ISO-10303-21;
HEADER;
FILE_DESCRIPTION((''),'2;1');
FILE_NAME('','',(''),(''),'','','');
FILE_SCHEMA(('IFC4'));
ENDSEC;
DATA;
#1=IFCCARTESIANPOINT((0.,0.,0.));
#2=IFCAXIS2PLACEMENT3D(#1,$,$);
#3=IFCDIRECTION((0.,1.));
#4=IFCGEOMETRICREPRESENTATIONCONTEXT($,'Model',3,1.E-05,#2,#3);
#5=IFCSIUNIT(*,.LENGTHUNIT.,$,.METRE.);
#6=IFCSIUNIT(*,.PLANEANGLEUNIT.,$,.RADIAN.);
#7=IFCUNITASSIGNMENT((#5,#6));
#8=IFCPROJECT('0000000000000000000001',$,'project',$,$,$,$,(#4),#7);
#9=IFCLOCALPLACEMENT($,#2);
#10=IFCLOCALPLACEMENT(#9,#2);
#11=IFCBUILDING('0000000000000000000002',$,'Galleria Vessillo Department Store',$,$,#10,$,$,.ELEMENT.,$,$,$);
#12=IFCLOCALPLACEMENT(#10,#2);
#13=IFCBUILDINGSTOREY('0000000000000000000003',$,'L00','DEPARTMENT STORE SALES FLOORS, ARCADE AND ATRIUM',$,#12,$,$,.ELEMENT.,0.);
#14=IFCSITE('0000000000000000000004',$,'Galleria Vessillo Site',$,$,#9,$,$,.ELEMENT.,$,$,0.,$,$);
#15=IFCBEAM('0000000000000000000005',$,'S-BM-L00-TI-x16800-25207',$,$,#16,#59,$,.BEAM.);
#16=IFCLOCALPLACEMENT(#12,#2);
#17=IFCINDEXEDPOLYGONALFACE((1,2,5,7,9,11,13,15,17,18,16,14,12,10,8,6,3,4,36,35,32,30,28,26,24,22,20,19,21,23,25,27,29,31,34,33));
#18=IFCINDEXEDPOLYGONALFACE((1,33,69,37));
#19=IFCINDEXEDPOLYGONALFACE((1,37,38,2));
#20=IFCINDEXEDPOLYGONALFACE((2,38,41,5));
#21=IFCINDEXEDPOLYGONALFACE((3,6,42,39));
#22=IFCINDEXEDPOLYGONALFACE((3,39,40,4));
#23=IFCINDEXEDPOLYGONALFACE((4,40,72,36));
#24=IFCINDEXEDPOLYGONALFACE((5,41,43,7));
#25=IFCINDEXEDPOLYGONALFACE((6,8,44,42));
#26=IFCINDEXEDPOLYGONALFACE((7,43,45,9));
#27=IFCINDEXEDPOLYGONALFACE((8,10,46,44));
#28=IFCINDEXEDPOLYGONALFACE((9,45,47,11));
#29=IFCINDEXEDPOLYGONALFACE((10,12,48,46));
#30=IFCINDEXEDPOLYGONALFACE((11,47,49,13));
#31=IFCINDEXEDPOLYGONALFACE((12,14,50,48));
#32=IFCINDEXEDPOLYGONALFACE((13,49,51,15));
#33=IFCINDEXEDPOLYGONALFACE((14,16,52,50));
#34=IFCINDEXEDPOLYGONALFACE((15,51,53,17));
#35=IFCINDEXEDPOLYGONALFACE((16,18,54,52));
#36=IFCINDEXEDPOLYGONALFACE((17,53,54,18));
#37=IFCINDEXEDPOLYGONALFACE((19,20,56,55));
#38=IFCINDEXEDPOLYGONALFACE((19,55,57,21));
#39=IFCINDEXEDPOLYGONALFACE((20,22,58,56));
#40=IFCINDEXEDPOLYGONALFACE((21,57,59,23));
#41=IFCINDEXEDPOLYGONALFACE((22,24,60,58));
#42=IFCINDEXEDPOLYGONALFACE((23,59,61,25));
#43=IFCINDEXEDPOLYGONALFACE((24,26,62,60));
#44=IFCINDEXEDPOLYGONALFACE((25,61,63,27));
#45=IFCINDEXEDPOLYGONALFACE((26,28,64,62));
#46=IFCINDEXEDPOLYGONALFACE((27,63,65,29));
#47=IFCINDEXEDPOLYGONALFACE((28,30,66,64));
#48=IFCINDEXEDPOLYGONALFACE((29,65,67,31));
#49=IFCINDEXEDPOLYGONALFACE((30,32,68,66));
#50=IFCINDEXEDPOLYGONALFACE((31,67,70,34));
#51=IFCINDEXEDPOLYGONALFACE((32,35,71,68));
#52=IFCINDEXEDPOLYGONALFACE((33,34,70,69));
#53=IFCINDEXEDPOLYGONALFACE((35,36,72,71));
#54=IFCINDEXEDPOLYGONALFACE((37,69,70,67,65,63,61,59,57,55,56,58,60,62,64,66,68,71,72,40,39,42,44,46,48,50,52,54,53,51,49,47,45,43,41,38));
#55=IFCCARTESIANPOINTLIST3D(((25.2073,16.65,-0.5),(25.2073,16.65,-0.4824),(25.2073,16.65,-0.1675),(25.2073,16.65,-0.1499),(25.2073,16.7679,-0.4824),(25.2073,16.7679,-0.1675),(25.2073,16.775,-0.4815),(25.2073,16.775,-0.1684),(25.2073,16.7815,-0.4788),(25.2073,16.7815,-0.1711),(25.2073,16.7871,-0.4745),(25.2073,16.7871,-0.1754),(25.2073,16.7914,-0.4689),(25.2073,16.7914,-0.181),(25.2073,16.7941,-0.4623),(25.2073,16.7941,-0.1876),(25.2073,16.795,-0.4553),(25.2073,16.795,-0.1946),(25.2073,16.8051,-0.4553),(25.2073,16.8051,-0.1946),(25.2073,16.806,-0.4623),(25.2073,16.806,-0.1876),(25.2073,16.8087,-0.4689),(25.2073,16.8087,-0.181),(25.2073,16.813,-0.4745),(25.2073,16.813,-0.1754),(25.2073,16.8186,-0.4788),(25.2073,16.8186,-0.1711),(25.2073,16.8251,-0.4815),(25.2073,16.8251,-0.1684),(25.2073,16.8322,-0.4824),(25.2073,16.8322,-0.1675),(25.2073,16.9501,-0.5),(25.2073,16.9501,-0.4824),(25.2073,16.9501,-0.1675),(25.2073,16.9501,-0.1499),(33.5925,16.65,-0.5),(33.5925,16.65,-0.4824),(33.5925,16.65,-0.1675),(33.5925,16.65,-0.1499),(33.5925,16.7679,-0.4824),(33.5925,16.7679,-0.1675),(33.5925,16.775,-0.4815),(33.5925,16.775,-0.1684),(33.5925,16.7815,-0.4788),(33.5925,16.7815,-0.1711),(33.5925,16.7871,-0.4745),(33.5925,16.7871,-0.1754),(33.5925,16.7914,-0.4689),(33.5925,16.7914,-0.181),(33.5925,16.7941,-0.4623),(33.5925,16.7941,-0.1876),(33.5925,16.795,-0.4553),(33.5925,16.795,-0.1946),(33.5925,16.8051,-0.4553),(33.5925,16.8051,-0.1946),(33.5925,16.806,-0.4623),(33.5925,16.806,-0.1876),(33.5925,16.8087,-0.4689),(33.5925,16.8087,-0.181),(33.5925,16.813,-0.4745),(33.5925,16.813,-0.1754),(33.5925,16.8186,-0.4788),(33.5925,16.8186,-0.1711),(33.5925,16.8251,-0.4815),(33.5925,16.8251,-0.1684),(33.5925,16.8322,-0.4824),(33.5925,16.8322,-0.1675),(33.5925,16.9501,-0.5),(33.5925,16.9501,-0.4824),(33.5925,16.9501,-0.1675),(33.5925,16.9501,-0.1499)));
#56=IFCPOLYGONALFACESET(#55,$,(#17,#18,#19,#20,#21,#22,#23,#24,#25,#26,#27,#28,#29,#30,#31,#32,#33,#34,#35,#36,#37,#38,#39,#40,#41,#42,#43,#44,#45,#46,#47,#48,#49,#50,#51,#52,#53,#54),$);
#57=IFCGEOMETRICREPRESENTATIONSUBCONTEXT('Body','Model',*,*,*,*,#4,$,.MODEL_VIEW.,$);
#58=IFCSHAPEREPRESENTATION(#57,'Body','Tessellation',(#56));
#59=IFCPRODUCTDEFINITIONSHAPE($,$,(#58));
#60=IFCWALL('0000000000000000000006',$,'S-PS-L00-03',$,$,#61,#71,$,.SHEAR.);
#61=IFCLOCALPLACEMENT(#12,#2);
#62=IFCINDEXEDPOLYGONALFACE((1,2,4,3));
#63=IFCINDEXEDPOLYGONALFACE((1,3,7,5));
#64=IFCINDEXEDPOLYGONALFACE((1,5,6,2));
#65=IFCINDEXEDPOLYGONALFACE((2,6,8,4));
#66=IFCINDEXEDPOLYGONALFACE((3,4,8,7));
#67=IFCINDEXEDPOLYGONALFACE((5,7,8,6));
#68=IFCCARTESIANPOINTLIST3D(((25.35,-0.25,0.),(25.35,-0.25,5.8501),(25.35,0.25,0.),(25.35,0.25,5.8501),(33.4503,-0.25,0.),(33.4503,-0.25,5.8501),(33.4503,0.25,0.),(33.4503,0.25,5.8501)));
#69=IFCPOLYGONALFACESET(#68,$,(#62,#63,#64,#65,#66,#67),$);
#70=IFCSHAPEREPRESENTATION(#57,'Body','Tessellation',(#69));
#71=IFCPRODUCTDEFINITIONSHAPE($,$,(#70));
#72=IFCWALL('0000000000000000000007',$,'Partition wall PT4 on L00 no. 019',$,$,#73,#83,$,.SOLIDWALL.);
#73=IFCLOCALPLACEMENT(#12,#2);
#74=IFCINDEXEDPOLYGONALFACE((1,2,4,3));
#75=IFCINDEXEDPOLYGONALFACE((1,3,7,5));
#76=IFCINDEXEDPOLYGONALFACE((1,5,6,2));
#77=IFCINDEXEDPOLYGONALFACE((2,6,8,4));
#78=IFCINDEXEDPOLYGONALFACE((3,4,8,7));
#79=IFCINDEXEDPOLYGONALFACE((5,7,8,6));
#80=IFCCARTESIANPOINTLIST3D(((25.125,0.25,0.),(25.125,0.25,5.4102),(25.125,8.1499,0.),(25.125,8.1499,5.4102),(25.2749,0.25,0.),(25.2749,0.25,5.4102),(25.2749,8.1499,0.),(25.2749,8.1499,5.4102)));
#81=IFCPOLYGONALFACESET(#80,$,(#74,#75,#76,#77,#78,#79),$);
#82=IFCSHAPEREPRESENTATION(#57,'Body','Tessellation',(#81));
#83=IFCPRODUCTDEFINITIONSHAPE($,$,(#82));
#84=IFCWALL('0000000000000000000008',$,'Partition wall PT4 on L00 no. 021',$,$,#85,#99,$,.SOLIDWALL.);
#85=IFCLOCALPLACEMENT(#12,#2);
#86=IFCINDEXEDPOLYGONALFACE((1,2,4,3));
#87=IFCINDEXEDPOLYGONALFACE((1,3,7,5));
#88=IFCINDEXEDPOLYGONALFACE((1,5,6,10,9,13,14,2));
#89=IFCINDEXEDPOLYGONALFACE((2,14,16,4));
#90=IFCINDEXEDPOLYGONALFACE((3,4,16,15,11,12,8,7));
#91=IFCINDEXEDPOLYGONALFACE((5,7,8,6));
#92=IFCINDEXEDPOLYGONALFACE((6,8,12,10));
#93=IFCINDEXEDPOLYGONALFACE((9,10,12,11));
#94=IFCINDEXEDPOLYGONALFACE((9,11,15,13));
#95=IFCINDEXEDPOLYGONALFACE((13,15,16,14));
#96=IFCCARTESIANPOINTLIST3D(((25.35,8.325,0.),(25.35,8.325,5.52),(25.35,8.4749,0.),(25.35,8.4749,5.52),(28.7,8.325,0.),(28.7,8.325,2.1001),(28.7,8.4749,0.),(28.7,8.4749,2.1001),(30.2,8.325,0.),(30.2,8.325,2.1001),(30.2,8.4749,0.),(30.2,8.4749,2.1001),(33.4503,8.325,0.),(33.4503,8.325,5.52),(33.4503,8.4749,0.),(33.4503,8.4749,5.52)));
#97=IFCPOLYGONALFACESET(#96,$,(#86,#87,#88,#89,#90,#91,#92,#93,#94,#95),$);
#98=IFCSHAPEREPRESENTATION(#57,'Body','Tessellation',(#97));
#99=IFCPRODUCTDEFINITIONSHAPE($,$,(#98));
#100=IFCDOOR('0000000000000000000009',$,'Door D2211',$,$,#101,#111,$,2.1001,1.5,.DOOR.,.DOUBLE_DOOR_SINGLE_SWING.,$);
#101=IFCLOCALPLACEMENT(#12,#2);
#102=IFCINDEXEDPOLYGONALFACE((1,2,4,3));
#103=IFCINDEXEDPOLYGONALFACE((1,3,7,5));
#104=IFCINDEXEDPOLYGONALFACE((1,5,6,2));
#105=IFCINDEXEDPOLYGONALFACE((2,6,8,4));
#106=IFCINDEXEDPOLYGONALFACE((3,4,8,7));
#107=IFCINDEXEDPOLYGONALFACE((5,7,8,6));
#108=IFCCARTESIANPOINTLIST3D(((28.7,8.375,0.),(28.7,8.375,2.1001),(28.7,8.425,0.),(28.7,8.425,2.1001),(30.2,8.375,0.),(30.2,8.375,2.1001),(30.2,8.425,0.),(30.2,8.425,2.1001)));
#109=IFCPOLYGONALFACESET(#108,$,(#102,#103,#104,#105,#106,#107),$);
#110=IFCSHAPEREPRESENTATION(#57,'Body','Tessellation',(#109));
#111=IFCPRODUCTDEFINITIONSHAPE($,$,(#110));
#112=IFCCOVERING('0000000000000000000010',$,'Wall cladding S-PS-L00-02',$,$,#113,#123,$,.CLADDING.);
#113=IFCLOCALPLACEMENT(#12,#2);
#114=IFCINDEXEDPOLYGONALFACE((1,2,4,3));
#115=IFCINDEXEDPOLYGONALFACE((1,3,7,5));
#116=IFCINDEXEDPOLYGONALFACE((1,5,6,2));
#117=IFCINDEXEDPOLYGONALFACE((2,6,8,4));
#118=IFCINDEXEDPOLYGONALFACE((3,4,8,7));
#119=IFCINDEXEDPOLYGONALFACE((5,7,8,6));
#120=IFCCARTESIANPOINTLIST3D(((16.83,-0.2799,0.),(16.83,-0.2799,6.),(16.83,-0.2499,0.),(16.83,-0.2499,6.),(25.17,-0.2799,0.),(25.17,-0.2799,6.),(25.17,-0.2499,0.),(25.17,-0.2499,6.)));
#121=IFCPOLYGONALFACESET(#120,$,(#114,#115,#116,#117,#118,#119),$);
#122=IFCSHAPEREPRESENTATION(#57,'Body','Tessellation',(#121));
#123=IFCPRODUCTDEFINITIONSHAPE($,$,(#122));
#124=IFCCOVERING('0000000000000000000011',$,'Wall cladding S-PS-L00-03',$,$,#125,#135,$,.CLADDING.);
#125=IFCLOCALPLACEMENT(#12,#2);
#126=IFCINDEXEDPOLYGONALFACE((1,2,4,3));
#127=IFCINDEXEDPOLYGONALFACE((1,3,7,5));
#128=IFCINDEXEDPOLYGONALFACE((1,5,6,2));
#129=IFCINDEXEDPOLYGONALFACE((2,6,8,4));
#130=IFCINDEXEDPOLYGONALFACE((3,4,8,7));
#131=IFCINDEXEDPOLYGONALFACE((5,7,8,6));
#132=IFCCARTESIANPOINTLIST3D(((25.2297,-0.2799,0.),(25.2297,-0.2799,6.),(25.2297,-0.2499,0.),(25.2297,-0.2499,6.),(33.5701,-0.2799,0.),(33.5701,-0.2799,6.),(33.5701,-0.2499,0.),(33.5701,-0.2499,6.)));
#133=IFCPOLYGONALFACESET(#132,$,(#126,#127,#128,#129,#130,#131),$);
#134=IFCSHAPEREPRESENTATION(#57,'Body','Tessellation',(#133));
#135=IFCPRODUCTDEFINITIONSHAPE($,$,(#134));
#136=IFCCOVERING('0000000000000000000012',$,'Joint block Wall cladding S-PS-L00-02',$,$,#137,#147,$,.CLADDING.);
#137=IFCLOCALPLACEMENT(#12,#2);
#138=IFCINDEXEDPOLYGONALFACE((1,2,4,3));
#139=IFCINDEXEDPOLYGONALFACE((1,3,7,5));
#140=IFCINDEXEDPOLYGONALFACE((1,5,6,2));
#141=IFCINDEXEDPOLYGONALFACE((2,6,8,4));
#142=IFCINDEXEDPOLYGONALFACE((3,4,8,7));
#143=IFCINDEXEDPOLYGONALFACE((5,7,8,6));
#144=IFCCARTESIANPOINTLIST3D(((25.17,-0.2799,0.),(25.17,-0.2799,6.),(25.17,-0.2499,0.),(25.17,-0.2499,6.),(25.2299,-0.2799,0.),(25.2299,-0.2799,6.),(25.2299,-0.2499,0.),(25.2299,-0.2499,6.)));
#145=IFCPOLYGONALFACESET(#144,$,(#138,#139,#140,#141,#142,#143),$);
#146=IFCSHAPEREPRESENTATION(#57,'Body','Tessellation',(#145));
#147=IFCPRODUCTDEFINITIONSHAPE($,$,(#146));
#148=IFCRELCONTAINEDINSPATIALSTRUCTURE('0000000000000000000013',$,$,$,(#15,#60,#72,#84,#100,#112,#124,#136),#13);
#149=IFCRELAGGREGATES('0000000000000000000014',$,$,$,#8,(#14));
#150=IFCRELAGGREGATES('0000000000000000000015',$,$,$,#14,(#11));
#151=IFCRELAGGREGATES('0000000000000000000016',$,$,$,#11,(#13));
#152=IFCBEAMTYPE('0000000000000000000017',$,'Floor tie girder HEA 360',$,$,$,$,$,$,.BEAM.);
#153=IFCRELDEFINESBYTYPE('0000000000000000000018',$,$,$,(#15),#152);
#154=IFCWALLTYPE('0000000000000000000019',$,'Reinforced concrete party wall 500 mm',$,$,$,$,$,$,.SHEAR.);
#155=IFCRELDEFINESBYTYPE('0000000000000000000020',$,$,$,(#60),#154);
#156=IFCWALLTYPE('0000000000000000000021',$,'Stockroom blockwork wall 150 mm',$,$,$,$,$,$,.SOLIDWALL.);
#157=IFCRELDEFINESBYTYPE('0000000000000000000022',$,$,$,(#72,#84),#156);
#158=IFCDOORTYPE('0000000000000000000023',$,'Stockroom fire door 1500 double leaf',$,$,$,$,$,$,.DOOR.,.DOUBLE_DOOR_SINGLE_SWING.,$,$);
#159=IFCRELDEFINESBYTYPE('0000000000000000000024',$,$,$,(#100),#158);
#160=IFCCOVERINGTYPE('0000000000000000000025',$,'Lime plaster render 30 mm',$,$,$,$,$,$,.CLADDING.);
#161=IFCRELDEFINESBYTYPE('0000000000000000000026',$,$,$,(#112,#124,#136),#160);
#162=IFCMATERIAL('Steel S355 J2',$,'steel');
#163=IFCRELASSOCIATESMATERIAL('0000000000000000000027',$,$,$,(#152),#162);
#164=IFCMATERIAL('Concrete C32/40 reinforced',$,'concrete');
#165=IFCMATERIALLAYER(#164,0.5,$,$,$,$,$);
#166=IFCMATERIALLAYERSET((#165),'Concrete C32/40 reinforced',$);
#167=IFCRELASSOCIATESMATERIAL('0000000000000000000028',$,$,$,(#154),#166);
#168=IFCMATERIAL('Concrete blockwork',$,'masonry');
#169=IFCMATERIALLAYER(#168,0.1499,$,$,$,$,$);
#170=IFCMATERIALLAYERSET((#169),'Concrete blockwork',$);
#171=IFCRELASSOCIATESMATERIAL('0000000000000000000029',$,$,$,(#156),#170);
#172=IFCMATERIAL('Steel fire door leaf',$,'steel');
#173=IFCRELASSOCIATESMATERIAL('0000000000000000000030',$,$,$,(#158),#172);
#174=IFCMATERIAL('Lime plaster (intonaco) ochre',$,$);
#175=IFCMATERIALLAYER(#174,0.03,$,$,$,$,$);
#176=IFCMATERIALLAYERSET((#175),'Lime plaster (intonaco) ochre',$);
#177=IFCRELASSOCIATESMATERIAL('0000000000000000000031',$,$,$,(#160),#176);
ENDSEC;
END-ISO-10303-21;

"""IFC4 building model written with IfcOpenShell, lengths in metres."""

from ifc_helpers import new_model, si_unit, direction, frame, frame_2d, origin, origin_2d, place, context, subcontext, project, spatial, rectangle, i_section, extrude, material, layer, layer_set, material_profile, profile_set, type_object, element, fill, save


model = new_model("IFC4")

# Units and contexts
model_context = context("Model", 3, precision=1e-05, world=origin(), true_north=direction((0.0, 1.0)))
body_context = subcontext(model_context, "Body", "Model", "MODEL_VIEW")
ifc_project = project(units=[si_unit("LENGTHUNIT", "METRE"), si_unit("PLANEANGLEUNIT", "RADIAN")], contexts=[model_context])

# Site, building, storey
site_placement = place(None, origin())
site = spatial("IfcSite", under=ifc_project, at=site_placement, Name="Galleria Vessillo Site", CompositionType="ELEMENT", RefElevation=0.0)
building_placement = place(site_placement, origin())
building = spatial("IfcBuilding", under=site, at=building_placement, Name="Galleria Vessillo Department Store", CompositionType="ELEMENT")
storey_placement = place(building_placement, origin())
storey = spatial("IfcBuildingStorey", under=building, at=storey_placement, Name="L00", Description="DEPARTMENT STORE SALES FLOORS, ARCADE AND ATRIUM", CompositionType="ELEMENT", Elevation=0.0)

# Beam
ifc_material_1 = material(Name="Steel S355 J2", Category="steel")
ifc_material_profile_1 = material_profile(ifc_material_1, i_section(OverallWidth=0.3, OverallDepth=0.3501, WebThickness=0.01, FlangeThickness=0.0176, FilletRadius=0.0271, at=origin_2d()), Name="HEA 360")
ifc_profile_set_1 = profile_set([ifc_material_profile_1], Name="Steel S355 J2")
beam_type_1 = type_object("IfcBeamType", Name="Floor tie girder HEA 360", PredefinedType="BEAM", material=ifc_profile_set_1)
for number, where, z_axis, x_axis, name in (
    (1, (25.2073, 16.8, -0.325), (1.0, 0.0, 0.0), (0.0, 1.0, 0.0), "S-BM-L00-TI-x16800-25207"),
):
    element("IfcBeam", number, at=place(storey_placement, frame(where, z_axis=z_axis, x_axis=x_axis)), inside=storey, type_object=beam_type_1, Name=name, PredefinedType="BEAM", context=body_context, shape_type="SweptSolid", body=[
        extrude(i_section(OverallWidth=0.3, OverallDepth=0.3501, WebThickness=0.01, FlangeThickness=0.0176, FilletRadius=0.0271, at=origin_2d()), origin(), (0.0, 0.0, 1.0), 8.3853),
    ])

# Walls
ifc_material_2 = material(Name="Concrete C32/40 reinforced", Category="concrete")
ifc_layer_1 = layer(ifc_material_2, 0.5)
ifc_layer_set_1 = layer_set([ifc_layer_1], Name="Concrete C32/40 reinforced")
wall_type_1 = type_object("IfcWallType", Name="Reinforced concrete party wall 500 mm", PredefinedType="SHEAR", material=ifc_layer_set_1)
wall_1_placement = place(storey_placement, frame((25.3499, 0.0, 0.0), z_axis=(0.0, 0.0, 1.0), x_axis=(1.0, 0.0, 0.0)))
element("IfcWall", 2, at=wall_1_placement, inside=storey, type_object=wall_type_1, Name="S-PS-L00-03", PredefinedType="SHEAR", context=body_context, shape_type="SweptSolid", body=[
    extrude(rectangle(XDim=8.1003, YDim=0.5, at=frame_2d((4.0503, 0.0))), origin(), (0.0, 0.0, 1.0), 5.8501),
])
ifc_material_3 = material(Name="Concrete blockwork", Category="masonry")
ifc_layer_2 = layer(ifc_material_3, 0.1499)
ifc_layer_set_2 = layer_set([ifc_layer_2], Name="Concrete blockwork")
wall_type_2 = type_object("IfcWallType", Name="Stockroom blockwork wall 150 mm", PredefinedType="SOLIDWALL", material=ifc_layer_set_2)
wall_2_placement = place(storey_placement, frame((25.2, 0.25, 0.0), z_axis=(0.0, 0.0, 1.0), x_axis=(0.0, 1.0, 0.0)))
element("IfcWall", 3, at=wall_2_placement, inside=storey, type_object=wall_type_2, Name="Partition wall PT4 on L00 no. 019", PredefinedType="SOLIDWALL", context=body_context, shape_type="SweptSolid", body=[
    extrude(rectangle(XDim=7.8999, YDim=0.1499, at=frame_2d((3.95, 0.0))), origin(), (0.0, 0.0, 1.0), 5.4102),
])

# Wall, opening, door
wall_3_placement = place(storey_placement, frame((25.3499, 8.3999, 0.0), z_axis=(0.0, 0.0, 1.0), x_axis=(1.0, 0.0, 0.0)))
wall_3 = element("IfcWall", 4, at=wall_3_placement, inside=storey, type_object=wall_type_2, Name="Partition wall PT4 on L00 no. 021", PredefinedType="SOLIDWALL", context=body_context, shape_type="SweptSolid", body=[
    extrude(rectangle(XDim=8.1003, YDim=0.1499, at=frame_2d((4.0503, 0.0))), origin(), (0.0, 0.0, 1.0), 5.52),
])
opening_placement = place(wall_3_placement, frame((3.3501, 0.0, 0.0)))
opening = element("IfcOpeningElement", 5, at=opening_placement, cuts=wall_3, PredefinedType="OPENING", context=body_context, shape_type="SweptSolid", body=[
    extrude(rectangle(XDim=1.5, YDim=2.1001, at=frame_2d((0.75, 1.05))), frame((0.0, 0.085, 0.0), z_axis=(0.0, -1.0, 0.0), x_axis=(1.0, 0.0, 0.0)), (0.0, 0.0, 1.0), 0.1699),
])
ifc_material_4 = material(Name="Steel fire door leaf", Category="steel")
door_type = type_object("IfcDoorType", Name="Stockroom fire door 1500 double leaf", OperationType="DOUBLE_DOOR_SINGLE_SWING", PredefinedType="DOOR", material=ifc_material_4)
door_placement = place(opening_placement, frame((1.5, 0.0, 0.0), z_axis=(0.0, 0.0, 1.0), x_axis=(-1.0, 0.0, 0.0)))
door = element("IfcDoor", 6, at=door_placement, inside=storey, type_object=door_type, Name="Door D2211", OperationType="DOUBLE_DOOR_SINGLE_SWING", OverallHeight=2.1001, OverallWidth=1.5, PredefinedType="DOOR", context=body_context, shape_type="SweptSolid", body=[
    extrude(rectangle(XDim=1.5, YDim=2.1001, at=frame_2d((0.75, 1.05))), frame((0.0, 0.0249, 0.0), z_axis=(0.0, -1.0, 0.0), x_axis=(1.0, 0.0, 0.0)), (0.0, 0.0, 1.0), 0.05),
])
fill(opening, door)

# Coverings
ifc_material_5 = material(Name="Lime plaster (intonaco) ochre")
ifc_layer_3 = layer(ifc_material_5, 0.03)
ifc_layer_set_3 = layer_set([ifc_layer_3], Name="Lime plaster (intonaco) ochre")
covering_type = type_object("IfcCoveringType", Name="Lime plaster render 30 mm", PredefinedType="CLADDING", material=ifc_layer_set_3)
covering_1_placement = place(storey_placement, frame((21.0, -0.2649, 0.0), z_axis=(0.0, 0.0, 1.0), x_axis=(1.0, 0.0, 0.0)))
element("IfcCovering", 7, at=covering_1_placement, inside=storey, type_object=covering_type, Name="Wall cladding S-PS-L00-02", PredefinedType="CLADDING", context=body_context, shape_type="SweptSolid", body=[
    extrude(rectangle(XDim=8.3401, YDim=0.03, at=origin_2d()), origin(), (0.0, 0.0, 1.0), 6.0),
])
covering_2_placement = place(storey_placement, frame((29.3999, -0.2649, 0.0), z_axis=(0.0, 0.0, 1.0), x_axis=(1.0, 0.0, 0.0)))
element("IfcCovering", 8, at=covering_2_placement, inside=storey, type_object=covering_type, Name="Wall cladding S-PS-L00-03", PredefinedType="CLADDING", context=body_context, shape_type="SweptSolid", body=[
    extrude(rectangle(XDim=8.3403, YDim=0.03, at=origin_2d()), origin(), (0.0, 0.0, 1.0), 6.0),
])
covering_3_placement = place(storey_placement, frame((25.2, -0.2649, 0.0), z_axis=(0.0, 0.0, 1.0), x_axis=(1.0, 0.0, 0.0)))
element("IfcCovering", 9, at=covering_3_placement, inside=storey, type_object=covering_type, Name="Joint block Wall cladding S-PS-L00-02", PredefinedType="CLADDING", context=body_context, shape_type="SweptSolid", body=[
    extrude(rectangle(XDim=0.0598, YDim=0.03, at=origin_2d()), origin(), (0.0, 0.0, 1.0), 6.0),
])

save(model, "model.ifc")
